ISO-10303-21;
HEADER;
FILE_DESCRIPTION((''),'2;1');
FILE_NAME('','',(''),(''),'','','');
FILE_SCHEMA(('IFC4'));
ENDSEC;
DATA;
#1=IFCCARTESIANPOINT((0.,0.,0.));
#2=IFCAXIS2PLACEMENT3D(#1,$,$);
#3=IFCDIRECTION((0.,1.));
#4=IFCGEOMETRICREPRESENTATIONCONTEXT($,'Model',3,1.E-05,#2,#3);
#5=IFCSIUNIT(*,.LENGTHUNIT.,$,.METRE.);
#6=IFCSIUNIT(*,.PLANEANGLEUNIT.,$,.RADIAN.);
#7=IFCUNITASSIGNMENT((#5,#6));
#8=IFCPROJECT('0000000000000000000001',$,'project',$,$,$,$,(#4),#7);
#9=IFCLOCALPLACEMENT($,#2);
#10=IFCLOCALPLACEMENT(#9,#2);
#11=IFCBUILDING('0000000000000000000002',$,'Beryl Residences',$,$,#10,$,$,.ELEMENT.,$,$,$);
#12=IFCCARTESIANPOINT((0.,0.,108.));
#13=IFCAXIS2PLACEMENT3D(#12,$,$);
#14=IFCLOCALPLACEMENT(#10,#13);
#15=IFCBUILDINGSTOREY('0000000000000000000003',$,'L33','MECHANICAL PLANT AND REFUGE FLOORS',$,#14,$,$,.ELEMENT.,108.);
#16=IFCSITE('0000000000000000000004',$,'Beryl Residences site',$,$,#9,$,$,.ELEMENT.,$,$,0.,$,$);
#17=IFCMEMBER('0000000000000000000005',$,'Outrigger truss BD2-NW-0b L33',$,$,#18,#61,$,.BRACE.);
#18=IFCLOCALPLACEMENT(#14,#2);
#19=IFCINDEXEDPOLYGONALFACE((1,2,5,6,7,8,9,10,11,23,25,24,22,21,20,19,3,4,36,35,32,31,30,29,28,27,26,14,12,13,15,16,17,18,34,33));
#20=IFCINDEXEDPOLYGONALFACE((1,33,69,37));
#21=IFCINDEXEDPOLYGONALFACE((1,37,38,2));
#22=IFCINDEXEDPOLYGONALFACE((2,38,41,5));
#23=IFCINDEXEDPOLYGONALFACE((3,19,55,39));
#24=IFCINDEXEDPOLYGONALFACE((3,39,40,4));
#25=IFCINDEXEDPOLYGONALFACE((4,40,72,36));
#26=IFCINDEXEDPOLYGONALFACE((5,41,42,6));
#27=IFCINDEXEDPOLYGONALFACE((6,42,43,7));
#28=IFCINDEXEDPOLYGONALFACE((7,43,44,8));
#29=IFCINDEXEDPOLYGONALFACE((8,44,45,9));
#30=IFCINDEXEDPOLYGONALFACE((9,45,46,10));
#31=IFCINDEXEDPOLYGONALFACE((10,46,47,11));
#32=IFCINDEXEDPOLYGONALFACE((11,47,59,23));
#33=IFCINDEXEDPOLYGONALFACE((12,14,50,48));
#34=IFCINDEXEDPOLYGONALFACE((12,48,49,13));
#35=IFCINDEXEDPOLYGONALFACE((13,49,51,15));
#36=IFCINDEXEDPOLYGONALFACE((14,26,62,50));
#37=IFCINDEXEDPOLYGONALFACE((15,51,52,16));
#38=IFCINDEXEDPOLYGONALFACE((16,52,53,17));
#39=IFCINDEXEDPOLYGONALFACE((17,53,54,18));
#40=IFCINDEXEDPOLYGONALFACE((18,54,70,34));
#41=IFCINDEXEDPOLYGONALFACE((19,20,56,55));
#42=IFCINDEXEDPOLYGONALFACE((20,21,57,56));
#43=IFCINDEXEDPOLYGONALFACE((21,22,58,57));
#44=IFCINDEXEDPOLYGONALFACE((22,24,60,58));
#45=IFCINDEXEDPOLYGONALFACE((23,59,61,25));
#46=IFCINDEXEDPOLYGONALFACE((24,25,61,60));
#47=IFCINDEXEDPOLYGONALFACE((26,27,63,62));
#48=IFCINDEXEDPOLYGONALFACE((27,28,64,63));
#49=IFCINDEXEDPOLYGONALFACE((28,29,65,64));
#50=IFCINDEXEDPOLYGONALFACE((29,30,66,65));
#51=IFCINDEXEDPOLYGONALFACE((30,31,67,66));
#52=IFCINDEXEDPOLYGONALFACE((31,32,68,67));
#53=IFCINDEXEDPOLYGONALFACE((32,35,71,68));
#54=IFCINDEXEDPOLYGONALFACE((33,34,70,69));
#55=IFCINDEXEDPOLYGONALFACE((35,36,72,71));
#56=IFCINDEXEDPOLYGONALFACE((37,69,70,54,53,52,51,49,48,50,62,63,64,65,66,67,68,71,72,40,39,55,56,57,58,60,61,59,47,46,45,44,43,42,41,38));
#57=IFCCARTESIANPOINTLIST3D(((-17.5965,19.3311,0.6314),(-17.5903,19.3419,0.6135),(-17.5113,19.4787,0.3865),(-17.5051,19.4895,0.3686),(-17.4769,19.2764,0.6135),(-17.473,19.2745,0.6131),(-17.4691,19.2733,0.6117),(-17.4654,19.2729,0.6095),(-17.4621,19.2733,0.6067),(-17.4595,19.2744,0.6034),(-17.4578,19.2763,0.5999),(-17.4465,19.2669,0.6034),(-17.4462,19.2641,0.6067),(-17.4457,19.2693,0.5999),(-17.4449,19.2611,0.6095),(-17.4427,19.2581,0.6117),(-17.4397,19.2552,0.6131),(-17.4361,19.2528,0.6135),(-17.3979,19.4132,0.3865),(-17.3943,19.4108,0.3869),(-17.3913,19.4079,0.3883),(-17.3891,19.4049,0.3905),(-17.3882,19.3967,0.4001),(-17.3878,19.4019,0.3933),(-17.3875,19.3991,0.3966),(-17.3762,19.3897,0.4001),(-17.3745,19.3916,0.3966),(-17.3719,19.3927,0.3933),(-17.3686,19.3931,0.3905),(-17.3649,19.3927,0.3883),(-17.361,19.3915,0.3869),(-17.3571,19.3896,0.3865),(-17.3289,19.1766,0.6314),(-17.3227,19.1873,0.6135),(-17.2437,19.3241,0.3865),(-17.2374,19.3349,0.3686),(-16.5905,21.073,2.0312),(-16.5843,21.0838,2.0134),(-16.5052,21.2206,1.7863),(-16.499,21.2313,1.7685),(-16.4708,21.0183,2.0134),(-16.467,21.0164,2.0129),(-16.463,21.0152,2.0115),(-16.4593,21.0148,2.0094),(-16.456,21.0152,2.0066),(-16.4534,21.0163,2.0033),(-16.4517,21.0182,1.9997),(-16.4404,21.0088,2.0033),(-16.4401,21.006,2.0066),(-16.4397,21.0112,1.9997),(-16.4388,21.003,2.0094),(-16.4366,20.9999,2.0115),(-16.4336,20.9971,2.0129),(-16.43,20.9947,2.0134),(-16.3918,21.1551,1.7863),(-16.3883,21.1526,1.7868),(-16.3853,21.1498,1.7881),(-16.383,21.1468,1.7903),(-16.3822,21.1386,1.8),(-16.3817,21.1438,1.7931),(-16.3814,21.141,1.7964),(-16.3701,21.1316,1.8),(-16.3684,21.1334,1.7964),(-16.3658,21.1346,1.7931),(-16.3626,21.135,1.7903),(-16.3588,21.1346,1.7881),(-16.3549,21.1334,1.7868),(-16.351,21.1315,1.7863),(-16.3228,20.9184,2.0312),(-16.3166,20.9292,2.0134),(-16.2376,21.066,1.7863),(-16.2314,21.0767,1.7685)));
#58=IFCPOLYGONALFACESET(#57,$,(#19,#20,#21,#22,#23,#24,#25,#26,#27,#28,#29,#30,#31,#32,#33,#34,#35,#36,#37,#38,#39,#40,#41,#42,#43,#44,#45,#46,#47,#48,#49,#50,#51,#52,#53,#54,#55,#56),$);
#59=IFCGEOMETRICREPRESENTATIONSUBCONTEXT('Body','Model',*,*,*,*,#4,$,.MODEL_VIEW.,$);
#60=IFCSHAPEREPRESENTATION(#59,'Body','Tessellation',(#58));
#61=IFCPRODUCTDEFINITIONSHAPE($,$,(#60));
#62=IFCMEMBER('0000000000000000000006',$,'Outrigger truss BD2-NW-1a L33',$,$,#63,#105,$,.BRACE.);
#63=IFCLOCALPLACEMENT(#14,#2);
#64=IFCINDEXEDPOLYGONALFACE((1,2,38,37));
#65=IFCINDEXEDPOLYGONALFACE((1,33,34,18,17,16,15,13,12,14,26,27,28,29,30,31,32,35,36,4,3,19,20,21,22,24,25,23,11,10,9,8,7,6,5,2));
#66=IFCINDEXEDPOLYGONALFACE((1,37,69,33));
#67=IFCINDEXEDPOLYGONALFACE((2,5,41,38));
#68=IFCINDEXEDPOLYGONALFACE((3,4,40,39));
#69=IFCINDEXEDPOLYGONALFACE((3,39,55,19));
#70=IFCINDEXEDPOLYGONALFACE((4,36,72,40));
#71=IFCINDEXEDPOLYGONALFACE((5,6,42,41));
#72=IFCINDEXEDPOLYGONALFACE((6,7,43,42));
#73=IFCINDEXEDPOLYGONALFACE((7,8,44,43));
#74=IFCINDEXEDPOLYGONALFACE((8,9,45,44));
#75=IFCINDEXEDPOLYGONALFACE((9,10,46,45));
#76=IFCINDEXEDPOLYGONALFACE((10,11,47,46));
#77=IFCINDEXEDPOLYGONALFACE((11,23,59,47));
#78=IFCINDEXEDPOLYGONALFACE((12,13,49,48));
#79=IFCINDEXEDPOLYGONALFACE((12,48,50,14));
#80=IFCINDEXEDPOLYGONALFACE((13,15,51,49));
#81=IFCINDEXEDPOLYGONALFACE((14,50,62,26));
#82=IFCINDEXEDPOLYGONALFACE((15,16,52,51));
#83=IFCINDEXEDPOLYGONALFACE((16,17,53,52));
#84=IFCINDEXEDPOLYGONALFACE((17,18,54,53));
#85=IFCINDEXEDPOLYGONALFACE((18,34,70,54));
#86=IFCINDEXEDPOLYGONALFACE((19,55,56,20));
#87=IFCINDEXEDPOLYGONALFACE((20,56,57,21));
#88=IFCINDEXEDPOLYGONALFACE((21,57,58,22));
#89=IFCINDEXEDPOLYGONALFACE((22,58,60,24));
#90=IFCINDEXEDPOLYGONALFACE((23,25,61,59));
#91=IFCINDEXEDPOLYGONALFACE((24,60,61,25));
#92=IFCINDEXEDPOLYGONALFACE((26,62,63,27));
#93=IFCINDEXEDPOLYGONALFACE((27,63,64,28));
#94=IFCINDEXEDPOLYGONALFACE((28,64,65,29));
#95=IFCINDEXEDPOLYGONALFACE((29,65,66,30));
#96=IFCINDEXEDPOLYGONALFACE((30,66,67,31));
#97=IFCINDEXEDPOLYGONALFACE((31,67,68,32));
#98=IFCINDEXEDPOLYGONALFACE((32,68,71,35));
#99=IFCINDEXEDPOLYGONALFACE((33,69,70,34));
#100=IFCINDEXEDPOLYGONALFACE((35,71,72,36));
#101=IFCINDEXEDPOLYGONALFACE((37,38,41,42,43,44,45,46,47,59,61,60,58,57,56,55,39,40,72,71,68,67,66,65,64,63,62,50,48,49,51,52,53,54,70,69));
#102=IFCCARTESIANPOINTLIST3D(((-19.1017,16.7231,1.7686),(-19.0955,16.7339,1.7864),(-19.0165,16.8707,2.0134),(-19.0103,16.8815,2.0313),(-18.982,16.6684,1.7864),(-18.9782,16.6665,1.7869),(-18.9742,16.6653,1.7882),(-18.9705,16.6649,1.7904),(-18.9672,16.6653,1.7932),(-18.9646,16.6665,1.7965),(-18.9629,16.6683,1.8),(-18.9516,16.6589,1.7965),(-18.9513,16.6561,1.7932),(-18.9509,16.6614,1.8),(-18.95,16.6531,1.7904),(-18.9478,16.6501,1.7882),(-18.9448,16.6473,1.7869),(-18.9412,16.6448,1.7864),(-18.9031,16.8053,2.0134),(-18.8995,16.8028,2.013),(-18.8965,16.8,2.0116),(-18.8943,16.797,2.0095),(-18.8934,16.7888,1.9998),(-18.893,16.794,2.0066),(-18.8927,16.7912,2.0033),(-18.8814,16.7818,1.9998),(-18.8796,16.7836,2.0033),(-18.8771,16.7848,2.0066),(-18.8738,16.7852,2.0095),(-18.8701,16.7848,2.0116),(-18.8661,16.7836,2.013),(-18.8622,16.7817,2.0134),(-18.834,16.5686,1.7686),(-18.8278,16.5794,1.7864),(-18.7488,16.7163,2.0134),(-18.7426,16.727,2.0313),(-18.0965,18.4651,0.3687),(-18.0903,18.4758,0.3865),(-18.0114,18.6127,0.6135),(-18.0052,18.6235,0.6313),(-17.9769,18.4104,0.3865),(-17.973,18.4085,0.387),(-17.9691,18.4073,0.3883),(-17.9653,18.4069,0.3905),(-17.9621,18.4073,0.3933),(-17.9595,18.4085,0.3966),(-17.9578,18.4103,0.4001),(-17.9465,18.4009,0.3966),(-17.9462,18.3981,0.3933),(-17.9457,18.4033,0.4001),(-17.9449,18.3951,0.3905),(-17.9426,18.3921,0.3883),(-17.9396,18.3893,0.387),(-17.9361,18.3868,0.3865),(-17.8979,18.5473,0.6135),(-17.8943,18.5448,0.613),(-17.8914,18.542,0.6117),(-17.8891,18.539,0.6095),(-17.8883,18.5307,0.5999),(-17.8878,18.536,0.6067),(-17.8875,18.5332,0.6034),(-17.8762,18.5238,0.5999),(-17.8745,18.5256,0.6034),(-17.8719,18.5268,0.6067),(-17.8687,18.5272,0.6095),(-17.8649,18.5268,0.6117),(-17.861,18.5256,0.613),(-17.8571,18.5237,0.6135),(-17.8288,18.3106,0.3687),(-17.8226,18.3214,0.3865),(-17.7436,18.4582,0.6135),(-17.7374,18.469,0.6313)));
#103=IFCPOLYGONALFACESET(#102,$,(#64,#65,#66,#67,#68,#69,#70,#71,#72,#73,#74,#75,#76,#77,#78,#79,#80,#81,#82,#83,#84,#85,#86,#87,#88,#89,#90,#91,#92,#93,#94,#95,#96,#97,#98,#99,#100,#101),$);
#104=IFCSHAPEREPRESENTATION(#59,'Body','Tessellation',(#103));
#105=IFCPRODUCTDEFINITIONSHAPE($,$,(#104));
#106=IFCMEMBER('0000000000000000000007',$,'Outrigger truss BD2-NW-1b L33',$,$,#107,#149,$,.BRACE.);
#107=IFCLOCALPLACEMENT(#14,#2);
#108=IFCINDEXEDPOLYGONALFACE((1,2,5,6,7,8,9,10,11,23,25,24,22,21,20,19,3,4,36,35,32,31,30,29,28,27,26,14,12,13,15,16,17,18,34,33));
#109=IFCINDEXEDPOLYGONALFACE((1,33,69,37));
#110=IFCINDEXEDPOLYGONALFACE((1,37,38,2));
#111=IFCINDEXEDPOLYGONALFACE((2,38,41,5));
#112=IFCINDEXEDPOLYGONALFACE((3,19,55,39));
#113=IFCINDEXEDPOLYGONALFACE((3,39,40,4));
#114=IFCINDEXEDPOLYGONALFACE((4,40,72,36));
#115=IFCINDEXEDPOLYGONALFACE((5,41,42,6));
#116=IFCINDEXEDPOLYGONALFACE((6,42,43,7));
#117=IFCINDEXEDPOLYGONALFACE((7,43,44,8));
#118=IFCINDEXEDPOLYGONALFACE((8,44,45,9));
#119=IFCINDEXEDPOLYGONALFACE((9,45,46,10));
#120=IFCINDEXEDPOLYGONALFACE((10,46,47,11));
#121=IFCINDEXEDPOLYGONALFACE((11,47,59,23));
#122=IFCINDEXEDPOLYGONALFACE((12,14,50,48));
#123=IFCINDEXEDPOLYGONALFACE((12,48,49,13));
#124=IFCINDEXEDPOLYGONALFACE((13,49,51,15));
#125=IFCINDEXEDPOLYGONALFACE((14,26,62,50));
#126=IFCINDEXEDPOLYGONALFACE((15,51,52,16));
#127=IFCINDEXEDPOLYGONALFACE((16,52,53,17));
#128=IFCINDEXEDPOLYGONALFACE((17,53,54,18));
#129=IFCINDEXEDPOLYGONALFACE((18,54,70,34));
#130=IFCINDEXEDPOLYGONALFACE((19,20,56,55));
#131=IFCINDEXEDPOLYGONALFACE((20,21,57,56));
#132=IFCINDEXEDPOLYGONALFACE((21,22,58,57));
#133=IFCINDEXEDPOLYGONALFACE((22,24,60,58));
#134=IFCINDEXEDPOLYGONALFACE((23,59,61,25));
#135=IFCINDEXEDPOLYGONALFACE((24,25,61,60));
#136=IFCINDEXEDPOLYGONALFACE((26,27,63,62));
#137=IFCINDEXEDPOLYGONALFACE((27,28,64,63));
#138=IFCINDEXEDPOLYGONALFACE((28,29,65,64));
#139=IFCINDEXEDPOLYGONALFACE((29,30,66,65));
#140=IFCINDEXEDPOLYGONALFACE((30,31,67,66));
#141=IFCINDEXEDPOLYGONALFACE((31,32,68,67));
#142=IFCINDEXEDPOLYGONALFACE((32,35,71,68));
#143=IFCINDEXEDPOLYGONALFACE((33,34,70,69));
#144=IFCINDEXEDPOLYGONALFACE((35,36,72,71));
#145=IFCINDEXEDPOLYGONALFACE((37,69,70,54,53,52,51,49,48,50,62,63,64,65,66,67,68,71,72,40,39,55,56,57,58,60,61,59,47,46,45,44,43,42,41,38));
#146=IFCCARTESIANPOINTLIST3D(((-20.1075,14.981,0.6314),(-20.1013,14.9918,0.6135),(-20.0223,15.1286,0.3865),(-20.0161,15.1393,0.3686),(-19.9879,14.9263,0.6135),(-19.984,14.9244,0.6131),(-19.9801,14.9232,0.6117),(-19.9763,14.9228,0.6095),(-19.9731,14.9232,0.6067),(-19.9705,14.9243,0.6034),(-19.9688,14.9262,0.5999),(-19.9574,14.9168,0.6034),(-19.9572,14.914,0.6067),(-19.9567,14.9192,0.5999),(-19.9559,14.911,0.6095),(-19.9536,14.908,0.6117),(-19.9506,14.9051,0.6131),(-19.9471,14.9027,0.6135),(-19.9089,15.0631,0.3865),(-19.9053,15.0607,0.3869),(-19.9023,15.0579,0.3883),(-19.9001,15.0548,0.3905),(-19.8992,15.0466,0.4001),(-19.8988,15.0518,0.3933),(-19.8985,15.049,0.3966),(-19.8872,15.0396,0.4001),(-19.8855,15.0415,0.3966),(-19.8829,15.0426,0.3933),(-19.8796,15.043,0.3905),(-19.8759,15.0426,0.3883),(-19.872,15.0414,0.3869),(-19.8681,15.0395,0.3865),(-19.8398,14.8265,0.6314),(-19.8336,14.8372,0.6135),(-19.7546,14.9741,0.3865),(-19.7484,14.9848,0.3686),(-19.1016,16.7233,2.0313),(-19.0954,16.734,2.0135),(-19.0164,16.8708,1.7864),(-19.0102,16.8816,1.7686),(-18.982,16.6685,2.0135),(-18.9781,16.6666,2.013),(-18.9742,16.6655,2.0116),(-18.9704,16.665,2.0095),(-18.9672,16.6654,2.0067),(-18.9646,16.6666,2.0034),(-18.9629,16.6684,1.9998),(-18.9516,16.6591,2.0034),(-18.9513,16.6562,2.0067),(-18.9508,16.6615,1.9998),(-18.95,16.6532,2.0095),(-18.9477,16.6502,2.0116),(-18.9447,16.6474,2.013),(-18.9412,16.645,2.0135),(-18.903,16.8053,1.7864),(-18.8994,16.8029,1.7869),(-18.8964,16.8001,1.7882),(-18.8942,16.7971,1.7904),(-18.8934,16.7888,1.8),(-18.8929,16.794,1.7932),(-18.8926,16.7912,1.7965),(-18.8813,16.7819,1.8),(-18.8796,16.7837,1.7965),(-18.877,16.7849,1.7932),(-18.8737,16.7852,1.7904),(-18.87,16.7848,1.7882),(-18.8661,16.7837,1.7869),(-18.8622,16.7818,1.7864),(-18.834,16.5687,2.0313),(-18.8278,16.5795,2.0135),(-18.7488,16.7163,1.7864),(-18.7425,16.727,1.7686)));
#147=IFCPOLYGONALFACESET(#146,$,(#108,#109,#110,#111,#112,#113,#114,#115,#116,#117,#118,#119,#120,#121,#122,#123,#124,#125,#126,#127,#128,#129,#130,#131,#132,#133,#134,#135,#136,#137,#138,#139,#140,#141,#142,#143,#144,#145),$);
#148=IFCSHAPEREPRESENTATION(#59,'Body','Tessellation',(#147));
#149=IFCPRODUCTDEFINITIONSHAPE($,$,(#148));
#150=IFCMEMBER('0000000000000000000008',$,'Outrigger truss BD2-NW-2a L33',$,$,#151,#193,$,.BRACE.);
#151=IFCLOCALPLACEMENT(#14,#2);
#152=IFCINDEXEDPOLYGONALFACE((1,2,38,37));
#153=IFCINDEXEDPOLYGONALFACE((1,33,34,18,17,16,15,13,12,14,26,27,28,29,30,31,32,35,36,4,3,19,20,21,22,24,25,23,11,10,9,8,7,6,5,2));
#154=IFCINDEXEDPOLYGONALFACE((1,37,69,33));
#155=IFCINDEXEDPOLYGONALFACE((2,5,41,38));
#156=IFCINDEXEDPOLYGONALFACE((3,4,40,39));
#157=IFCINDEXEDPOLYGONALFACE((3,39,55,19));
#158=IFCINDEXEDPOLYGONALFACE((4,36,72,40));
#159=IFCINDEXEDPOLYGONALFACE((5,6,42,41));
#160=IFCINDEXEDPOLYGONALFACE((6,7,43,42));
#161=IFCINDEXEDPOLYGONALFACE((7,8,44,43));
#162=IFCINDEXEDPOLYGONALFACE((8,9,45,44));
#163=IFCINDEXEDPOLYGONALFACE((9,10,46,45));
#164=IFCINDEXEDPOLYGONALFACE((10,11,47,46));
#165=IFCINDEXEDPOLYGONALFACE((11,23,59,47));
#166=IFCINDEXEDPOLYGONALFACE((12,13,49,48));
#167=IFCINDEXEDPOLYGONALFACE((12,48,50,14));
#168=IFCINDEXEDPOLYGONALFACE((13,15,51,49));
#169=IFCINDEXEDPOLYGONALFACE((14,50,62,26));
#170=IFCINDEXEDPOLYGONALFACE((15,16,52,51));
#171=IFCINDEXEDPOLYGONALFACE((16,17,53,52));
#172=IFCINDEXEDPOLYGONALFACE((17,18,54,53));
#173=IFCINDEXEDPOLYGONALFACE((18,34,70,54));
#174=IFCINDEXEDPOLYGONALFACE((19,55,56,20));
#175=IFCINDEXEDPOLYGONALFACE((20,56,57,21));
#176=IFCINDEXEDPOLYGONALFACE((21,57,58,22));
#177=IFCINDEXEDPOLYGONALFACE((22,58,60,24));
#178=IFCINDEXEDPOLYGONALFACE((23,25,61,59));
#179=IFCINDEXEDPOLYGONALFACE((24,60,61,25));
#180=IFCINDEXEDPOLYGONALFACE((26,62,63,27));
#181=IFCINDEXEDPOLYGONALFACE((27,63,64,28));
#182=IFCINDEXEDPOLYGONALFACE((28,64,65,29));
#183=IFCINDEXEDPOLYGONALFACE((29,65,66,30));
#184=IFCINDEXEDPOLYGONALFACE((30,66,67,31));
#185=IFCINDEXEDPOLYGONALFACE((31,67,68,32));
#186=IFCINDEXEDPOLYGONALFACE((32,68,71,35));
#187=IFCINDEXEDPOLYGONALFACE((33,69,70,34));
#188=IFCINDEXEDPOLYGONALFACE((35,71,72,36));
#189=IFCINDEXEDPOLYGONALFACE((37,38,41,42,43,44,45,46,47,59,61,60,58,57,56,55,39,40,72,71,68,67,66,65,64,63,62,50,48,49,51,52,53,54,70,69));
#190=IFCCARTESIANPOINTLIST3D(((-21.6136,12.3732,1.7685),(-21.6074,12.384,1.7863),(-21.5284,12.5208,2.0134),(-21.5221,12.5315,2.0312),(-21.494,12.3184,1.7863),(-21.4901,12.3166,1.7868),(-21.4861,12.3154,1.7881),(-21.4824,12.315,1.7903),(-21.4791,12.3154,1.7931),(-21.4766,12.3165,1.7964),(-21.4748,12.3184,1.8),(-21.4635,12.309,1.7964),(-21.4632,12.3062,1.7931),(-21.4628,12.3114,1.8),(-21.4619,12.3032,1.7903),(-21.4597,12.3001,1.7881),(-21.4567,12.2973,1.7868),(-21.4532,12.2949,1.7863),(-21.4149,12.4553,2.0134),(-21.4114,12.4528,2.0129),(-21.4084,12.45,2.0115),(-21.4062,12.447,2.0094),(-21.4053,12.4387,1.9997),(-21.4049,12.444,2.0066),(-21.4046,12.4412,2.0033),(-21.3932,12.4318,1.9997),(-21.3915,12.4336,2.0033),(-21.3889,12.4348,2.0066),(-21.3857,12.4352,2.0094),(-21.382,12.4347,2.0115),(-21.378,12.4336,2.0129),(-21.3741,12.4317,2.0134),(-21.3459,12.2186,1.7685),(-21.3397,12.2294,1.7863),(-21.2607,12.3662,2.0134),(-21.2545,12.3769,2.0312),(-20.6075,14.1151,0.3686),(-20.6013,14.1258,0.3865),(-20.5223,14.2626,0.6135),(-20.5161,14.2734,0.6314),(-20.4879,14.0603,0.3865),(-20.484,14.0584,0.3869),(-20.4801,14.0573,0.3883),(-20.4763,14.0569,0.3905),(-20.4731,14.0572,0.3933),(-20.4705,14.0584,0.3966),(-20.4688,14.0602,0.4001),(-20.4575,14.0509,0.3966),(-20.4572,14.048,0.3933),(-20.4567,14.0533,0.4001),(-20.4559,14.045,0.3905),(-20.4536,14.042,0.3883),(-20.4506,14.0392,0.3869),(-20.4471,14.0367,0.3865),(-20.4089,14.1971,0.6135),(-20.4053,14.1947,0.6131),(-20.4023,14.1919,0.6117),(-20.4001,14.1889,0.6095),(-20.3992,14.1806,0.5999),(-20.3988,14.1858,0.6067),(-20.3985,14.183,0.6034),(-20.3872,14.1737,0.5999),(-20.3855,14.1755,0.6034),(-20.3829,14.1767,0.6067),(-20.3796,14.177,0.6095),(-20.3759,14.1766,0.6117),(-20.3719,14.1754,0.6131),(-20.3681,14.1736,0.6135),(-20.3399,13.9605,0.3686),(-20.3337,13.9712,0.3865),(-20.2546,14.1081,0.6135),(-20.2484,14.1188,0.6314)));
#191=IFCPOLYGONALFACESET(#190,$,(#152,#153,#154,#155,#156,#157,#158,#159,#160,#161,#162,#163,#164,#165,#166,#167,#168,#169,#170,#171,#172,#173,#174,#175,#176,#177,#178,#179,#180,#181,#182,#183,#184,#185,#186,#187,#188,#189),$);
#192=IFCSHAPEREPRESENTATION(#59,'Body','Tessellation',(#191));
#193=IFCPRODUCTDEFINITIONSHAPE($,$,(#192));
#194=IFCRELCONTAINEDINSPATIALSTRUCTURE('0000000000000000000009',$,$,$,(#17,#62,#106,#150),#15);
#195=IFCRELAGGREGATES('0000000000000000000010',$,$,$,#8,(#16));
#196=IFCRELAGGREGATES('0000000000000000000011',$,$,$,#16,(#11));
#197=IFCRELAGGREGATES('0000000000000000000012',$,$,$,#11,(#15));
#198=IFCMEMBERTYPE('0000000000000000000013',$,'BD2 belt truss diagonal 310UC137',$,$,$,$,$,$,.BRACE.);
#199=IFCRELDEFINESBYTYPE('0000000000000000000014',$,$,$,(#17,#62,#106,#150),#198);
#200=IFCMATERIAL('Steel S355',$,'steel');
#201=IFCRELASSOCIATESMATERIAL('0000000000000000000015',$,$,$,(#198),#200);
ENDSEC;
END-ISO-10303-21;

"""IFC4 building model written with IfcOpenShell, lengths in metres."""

from ifc_helpers import new_model, si_unit, direction, frame, origin, origin_2d, place, context, subcontext, project, spatial, i_section, extrude, material, material_profile, profile_set, type_object, element, save


model = new_model("IFC4")

# Units and contexts
model_context = context("Model", 3, precision=1e-05, world=origin(), true_north=direction((0.0, 1.0)))
body_context = subcontext(model_context, "Body", "Model", "MODEL_VIEW")
ifc_project = project(units=[si_unit("LENGTHUNIT", "METRE"), si_unit("PLANEANGLEUNIT", "RADIAN")], contexts=[model_context])

# Site, building, storey
site_placement = place(None, origin())
site = spatial("IfcSite", under=ifc_project, at=site_placement, Name="Beryl Residences site", CompositionType="ELEMENT", RefElevation=0.0)
building_placement = place(site_placement, origin())
building = spatial("IfcBuilding", under=site, at=building_placement, Name="Beryl Residences", CompositionType="ELEMENT")
storey_placement = place(building_placement, frame((0.0, 0.0, 108.0)))
storey = spatial("IfcBuildingStorey", under=building, at=storey_placement, Name="L33", Description="MECHANICAL PLANT AND REFUGE FLOORS", CompositionType="ELEMENT", Elevation=108.0)

# Members
ifc_material_1 = material(Name="Steel S355", Category="steel")
ifc_material_profile_1 = material_profile(ifc_material_1, i_section(OverallWidth=0.3091, OverallDepth=0.3201, WebThickness=0.0139, FlangeThickness=0.0217, FilletRadius=0.0166, at=origin_2d()))
ifc_profile_set_1 = profile_set([ifc_material_profile_1], Name="Steel S355")
member_type_1 = type_object("IfcMemberType", Name="BD2 belt truss diagonal 310UC137", PredefinedType="BRACE", material=ifc_profile_set_1)
member_1_placement = place(storey_placement, frame((-17.417, 19.333, 0.5), z_axis=(0.410523, 0.71077, 0.571206), x_axis=(-0.865941, 0.500146, 0.0)))
element("IfcMember", 1, at=member_1_placement, inside=storey, type_object=member_type_1, Name="Outrigger truss BD2-NW-0b L33", PredefinedType="BRACE", context=body_context, shape_type="SweptSolid", body=[
    extrude(i_section(OverallWidth=0.3091, OverallDepth=0.3201, WebThickness=0.0139, FlangeThickness=0.0217, FilletRadius=0.0166, at=origin_2d()), origin(), (0.0, 0.0, 1.0), 2.4507),
])
member_2_placement = place(storey_placement, frame((-17.917, 18.467, 0.5), z_axis=(-0.410192, -0.710886, 0.5713), x_axis=(0.866151, -0.499782, 0.0)))
element("IfcMember", 2, at=member_2_placement, inside=storey, type_object=member_type_1, Name="Outrigger truss BD2-NW-1a L33", PredefinedType="BRACE", context=body_context, shape_type="SweptSolid", body=[
    extrude(i_section(OverallWidth=0.3091, OverallDepth=0.3201, WebThickness=0.0139, FlangeThickness=0.0217, FilletRadius=0.0166, at=origin_2d()), origin(), (0.0, 0.0, 1.0), 2.4504),
])
member_3_placement = place(storey_placement, frame((-19.928, 14.9829, 0.5), z_axis=(0.410411, 0.710848, 0.571189), x_axis=(-0.866024, 0.500003, 0.0)))
element("IfcMember", 3, at=member_3_placement, inside=storey, type_object=member_type_1, Name="Outrigger truss BD2-NW-1b L33", PredefinedType="BRACE", context=body_context, shape_type="SweptSolid", body=[
    extrude(i_section(OverallWidth=0.3091, OverallDepth=0.3201, WebThickness=0.0139, FlangeThickness=0.0217, FilletRadius=0.0166, at=origin_2d()), origin(), (0.0, 0.0, 1.0), 2.4509),
])
member_4_placement = place(storey_placement, frame((-20.428, 14.1169, 0.5), z_axis=(-0.410523, -0.71077, 0.571206), x_axis=(0.865941, -0.500146, 0.0)))
element("IfcMember", 4, at=member_4_placement, inside=storey, type_object=member_type_1, Name="Outrigger truss BD2-NW-2a L33", PredefinedType="BRACE", context=body_context, shape_type="SweptSolid", body=[
    extrude(i_section(OverallWidth=0.3091, OverallDepth=0.3201, WebThickness=0.0139, FlangeThickness=0.0217, FilletRadius=0.0166, at=origin_2d()), origin(), (0.0, 0.0, 1.0), 2.4507),
])

save(model, "model.ifc")
